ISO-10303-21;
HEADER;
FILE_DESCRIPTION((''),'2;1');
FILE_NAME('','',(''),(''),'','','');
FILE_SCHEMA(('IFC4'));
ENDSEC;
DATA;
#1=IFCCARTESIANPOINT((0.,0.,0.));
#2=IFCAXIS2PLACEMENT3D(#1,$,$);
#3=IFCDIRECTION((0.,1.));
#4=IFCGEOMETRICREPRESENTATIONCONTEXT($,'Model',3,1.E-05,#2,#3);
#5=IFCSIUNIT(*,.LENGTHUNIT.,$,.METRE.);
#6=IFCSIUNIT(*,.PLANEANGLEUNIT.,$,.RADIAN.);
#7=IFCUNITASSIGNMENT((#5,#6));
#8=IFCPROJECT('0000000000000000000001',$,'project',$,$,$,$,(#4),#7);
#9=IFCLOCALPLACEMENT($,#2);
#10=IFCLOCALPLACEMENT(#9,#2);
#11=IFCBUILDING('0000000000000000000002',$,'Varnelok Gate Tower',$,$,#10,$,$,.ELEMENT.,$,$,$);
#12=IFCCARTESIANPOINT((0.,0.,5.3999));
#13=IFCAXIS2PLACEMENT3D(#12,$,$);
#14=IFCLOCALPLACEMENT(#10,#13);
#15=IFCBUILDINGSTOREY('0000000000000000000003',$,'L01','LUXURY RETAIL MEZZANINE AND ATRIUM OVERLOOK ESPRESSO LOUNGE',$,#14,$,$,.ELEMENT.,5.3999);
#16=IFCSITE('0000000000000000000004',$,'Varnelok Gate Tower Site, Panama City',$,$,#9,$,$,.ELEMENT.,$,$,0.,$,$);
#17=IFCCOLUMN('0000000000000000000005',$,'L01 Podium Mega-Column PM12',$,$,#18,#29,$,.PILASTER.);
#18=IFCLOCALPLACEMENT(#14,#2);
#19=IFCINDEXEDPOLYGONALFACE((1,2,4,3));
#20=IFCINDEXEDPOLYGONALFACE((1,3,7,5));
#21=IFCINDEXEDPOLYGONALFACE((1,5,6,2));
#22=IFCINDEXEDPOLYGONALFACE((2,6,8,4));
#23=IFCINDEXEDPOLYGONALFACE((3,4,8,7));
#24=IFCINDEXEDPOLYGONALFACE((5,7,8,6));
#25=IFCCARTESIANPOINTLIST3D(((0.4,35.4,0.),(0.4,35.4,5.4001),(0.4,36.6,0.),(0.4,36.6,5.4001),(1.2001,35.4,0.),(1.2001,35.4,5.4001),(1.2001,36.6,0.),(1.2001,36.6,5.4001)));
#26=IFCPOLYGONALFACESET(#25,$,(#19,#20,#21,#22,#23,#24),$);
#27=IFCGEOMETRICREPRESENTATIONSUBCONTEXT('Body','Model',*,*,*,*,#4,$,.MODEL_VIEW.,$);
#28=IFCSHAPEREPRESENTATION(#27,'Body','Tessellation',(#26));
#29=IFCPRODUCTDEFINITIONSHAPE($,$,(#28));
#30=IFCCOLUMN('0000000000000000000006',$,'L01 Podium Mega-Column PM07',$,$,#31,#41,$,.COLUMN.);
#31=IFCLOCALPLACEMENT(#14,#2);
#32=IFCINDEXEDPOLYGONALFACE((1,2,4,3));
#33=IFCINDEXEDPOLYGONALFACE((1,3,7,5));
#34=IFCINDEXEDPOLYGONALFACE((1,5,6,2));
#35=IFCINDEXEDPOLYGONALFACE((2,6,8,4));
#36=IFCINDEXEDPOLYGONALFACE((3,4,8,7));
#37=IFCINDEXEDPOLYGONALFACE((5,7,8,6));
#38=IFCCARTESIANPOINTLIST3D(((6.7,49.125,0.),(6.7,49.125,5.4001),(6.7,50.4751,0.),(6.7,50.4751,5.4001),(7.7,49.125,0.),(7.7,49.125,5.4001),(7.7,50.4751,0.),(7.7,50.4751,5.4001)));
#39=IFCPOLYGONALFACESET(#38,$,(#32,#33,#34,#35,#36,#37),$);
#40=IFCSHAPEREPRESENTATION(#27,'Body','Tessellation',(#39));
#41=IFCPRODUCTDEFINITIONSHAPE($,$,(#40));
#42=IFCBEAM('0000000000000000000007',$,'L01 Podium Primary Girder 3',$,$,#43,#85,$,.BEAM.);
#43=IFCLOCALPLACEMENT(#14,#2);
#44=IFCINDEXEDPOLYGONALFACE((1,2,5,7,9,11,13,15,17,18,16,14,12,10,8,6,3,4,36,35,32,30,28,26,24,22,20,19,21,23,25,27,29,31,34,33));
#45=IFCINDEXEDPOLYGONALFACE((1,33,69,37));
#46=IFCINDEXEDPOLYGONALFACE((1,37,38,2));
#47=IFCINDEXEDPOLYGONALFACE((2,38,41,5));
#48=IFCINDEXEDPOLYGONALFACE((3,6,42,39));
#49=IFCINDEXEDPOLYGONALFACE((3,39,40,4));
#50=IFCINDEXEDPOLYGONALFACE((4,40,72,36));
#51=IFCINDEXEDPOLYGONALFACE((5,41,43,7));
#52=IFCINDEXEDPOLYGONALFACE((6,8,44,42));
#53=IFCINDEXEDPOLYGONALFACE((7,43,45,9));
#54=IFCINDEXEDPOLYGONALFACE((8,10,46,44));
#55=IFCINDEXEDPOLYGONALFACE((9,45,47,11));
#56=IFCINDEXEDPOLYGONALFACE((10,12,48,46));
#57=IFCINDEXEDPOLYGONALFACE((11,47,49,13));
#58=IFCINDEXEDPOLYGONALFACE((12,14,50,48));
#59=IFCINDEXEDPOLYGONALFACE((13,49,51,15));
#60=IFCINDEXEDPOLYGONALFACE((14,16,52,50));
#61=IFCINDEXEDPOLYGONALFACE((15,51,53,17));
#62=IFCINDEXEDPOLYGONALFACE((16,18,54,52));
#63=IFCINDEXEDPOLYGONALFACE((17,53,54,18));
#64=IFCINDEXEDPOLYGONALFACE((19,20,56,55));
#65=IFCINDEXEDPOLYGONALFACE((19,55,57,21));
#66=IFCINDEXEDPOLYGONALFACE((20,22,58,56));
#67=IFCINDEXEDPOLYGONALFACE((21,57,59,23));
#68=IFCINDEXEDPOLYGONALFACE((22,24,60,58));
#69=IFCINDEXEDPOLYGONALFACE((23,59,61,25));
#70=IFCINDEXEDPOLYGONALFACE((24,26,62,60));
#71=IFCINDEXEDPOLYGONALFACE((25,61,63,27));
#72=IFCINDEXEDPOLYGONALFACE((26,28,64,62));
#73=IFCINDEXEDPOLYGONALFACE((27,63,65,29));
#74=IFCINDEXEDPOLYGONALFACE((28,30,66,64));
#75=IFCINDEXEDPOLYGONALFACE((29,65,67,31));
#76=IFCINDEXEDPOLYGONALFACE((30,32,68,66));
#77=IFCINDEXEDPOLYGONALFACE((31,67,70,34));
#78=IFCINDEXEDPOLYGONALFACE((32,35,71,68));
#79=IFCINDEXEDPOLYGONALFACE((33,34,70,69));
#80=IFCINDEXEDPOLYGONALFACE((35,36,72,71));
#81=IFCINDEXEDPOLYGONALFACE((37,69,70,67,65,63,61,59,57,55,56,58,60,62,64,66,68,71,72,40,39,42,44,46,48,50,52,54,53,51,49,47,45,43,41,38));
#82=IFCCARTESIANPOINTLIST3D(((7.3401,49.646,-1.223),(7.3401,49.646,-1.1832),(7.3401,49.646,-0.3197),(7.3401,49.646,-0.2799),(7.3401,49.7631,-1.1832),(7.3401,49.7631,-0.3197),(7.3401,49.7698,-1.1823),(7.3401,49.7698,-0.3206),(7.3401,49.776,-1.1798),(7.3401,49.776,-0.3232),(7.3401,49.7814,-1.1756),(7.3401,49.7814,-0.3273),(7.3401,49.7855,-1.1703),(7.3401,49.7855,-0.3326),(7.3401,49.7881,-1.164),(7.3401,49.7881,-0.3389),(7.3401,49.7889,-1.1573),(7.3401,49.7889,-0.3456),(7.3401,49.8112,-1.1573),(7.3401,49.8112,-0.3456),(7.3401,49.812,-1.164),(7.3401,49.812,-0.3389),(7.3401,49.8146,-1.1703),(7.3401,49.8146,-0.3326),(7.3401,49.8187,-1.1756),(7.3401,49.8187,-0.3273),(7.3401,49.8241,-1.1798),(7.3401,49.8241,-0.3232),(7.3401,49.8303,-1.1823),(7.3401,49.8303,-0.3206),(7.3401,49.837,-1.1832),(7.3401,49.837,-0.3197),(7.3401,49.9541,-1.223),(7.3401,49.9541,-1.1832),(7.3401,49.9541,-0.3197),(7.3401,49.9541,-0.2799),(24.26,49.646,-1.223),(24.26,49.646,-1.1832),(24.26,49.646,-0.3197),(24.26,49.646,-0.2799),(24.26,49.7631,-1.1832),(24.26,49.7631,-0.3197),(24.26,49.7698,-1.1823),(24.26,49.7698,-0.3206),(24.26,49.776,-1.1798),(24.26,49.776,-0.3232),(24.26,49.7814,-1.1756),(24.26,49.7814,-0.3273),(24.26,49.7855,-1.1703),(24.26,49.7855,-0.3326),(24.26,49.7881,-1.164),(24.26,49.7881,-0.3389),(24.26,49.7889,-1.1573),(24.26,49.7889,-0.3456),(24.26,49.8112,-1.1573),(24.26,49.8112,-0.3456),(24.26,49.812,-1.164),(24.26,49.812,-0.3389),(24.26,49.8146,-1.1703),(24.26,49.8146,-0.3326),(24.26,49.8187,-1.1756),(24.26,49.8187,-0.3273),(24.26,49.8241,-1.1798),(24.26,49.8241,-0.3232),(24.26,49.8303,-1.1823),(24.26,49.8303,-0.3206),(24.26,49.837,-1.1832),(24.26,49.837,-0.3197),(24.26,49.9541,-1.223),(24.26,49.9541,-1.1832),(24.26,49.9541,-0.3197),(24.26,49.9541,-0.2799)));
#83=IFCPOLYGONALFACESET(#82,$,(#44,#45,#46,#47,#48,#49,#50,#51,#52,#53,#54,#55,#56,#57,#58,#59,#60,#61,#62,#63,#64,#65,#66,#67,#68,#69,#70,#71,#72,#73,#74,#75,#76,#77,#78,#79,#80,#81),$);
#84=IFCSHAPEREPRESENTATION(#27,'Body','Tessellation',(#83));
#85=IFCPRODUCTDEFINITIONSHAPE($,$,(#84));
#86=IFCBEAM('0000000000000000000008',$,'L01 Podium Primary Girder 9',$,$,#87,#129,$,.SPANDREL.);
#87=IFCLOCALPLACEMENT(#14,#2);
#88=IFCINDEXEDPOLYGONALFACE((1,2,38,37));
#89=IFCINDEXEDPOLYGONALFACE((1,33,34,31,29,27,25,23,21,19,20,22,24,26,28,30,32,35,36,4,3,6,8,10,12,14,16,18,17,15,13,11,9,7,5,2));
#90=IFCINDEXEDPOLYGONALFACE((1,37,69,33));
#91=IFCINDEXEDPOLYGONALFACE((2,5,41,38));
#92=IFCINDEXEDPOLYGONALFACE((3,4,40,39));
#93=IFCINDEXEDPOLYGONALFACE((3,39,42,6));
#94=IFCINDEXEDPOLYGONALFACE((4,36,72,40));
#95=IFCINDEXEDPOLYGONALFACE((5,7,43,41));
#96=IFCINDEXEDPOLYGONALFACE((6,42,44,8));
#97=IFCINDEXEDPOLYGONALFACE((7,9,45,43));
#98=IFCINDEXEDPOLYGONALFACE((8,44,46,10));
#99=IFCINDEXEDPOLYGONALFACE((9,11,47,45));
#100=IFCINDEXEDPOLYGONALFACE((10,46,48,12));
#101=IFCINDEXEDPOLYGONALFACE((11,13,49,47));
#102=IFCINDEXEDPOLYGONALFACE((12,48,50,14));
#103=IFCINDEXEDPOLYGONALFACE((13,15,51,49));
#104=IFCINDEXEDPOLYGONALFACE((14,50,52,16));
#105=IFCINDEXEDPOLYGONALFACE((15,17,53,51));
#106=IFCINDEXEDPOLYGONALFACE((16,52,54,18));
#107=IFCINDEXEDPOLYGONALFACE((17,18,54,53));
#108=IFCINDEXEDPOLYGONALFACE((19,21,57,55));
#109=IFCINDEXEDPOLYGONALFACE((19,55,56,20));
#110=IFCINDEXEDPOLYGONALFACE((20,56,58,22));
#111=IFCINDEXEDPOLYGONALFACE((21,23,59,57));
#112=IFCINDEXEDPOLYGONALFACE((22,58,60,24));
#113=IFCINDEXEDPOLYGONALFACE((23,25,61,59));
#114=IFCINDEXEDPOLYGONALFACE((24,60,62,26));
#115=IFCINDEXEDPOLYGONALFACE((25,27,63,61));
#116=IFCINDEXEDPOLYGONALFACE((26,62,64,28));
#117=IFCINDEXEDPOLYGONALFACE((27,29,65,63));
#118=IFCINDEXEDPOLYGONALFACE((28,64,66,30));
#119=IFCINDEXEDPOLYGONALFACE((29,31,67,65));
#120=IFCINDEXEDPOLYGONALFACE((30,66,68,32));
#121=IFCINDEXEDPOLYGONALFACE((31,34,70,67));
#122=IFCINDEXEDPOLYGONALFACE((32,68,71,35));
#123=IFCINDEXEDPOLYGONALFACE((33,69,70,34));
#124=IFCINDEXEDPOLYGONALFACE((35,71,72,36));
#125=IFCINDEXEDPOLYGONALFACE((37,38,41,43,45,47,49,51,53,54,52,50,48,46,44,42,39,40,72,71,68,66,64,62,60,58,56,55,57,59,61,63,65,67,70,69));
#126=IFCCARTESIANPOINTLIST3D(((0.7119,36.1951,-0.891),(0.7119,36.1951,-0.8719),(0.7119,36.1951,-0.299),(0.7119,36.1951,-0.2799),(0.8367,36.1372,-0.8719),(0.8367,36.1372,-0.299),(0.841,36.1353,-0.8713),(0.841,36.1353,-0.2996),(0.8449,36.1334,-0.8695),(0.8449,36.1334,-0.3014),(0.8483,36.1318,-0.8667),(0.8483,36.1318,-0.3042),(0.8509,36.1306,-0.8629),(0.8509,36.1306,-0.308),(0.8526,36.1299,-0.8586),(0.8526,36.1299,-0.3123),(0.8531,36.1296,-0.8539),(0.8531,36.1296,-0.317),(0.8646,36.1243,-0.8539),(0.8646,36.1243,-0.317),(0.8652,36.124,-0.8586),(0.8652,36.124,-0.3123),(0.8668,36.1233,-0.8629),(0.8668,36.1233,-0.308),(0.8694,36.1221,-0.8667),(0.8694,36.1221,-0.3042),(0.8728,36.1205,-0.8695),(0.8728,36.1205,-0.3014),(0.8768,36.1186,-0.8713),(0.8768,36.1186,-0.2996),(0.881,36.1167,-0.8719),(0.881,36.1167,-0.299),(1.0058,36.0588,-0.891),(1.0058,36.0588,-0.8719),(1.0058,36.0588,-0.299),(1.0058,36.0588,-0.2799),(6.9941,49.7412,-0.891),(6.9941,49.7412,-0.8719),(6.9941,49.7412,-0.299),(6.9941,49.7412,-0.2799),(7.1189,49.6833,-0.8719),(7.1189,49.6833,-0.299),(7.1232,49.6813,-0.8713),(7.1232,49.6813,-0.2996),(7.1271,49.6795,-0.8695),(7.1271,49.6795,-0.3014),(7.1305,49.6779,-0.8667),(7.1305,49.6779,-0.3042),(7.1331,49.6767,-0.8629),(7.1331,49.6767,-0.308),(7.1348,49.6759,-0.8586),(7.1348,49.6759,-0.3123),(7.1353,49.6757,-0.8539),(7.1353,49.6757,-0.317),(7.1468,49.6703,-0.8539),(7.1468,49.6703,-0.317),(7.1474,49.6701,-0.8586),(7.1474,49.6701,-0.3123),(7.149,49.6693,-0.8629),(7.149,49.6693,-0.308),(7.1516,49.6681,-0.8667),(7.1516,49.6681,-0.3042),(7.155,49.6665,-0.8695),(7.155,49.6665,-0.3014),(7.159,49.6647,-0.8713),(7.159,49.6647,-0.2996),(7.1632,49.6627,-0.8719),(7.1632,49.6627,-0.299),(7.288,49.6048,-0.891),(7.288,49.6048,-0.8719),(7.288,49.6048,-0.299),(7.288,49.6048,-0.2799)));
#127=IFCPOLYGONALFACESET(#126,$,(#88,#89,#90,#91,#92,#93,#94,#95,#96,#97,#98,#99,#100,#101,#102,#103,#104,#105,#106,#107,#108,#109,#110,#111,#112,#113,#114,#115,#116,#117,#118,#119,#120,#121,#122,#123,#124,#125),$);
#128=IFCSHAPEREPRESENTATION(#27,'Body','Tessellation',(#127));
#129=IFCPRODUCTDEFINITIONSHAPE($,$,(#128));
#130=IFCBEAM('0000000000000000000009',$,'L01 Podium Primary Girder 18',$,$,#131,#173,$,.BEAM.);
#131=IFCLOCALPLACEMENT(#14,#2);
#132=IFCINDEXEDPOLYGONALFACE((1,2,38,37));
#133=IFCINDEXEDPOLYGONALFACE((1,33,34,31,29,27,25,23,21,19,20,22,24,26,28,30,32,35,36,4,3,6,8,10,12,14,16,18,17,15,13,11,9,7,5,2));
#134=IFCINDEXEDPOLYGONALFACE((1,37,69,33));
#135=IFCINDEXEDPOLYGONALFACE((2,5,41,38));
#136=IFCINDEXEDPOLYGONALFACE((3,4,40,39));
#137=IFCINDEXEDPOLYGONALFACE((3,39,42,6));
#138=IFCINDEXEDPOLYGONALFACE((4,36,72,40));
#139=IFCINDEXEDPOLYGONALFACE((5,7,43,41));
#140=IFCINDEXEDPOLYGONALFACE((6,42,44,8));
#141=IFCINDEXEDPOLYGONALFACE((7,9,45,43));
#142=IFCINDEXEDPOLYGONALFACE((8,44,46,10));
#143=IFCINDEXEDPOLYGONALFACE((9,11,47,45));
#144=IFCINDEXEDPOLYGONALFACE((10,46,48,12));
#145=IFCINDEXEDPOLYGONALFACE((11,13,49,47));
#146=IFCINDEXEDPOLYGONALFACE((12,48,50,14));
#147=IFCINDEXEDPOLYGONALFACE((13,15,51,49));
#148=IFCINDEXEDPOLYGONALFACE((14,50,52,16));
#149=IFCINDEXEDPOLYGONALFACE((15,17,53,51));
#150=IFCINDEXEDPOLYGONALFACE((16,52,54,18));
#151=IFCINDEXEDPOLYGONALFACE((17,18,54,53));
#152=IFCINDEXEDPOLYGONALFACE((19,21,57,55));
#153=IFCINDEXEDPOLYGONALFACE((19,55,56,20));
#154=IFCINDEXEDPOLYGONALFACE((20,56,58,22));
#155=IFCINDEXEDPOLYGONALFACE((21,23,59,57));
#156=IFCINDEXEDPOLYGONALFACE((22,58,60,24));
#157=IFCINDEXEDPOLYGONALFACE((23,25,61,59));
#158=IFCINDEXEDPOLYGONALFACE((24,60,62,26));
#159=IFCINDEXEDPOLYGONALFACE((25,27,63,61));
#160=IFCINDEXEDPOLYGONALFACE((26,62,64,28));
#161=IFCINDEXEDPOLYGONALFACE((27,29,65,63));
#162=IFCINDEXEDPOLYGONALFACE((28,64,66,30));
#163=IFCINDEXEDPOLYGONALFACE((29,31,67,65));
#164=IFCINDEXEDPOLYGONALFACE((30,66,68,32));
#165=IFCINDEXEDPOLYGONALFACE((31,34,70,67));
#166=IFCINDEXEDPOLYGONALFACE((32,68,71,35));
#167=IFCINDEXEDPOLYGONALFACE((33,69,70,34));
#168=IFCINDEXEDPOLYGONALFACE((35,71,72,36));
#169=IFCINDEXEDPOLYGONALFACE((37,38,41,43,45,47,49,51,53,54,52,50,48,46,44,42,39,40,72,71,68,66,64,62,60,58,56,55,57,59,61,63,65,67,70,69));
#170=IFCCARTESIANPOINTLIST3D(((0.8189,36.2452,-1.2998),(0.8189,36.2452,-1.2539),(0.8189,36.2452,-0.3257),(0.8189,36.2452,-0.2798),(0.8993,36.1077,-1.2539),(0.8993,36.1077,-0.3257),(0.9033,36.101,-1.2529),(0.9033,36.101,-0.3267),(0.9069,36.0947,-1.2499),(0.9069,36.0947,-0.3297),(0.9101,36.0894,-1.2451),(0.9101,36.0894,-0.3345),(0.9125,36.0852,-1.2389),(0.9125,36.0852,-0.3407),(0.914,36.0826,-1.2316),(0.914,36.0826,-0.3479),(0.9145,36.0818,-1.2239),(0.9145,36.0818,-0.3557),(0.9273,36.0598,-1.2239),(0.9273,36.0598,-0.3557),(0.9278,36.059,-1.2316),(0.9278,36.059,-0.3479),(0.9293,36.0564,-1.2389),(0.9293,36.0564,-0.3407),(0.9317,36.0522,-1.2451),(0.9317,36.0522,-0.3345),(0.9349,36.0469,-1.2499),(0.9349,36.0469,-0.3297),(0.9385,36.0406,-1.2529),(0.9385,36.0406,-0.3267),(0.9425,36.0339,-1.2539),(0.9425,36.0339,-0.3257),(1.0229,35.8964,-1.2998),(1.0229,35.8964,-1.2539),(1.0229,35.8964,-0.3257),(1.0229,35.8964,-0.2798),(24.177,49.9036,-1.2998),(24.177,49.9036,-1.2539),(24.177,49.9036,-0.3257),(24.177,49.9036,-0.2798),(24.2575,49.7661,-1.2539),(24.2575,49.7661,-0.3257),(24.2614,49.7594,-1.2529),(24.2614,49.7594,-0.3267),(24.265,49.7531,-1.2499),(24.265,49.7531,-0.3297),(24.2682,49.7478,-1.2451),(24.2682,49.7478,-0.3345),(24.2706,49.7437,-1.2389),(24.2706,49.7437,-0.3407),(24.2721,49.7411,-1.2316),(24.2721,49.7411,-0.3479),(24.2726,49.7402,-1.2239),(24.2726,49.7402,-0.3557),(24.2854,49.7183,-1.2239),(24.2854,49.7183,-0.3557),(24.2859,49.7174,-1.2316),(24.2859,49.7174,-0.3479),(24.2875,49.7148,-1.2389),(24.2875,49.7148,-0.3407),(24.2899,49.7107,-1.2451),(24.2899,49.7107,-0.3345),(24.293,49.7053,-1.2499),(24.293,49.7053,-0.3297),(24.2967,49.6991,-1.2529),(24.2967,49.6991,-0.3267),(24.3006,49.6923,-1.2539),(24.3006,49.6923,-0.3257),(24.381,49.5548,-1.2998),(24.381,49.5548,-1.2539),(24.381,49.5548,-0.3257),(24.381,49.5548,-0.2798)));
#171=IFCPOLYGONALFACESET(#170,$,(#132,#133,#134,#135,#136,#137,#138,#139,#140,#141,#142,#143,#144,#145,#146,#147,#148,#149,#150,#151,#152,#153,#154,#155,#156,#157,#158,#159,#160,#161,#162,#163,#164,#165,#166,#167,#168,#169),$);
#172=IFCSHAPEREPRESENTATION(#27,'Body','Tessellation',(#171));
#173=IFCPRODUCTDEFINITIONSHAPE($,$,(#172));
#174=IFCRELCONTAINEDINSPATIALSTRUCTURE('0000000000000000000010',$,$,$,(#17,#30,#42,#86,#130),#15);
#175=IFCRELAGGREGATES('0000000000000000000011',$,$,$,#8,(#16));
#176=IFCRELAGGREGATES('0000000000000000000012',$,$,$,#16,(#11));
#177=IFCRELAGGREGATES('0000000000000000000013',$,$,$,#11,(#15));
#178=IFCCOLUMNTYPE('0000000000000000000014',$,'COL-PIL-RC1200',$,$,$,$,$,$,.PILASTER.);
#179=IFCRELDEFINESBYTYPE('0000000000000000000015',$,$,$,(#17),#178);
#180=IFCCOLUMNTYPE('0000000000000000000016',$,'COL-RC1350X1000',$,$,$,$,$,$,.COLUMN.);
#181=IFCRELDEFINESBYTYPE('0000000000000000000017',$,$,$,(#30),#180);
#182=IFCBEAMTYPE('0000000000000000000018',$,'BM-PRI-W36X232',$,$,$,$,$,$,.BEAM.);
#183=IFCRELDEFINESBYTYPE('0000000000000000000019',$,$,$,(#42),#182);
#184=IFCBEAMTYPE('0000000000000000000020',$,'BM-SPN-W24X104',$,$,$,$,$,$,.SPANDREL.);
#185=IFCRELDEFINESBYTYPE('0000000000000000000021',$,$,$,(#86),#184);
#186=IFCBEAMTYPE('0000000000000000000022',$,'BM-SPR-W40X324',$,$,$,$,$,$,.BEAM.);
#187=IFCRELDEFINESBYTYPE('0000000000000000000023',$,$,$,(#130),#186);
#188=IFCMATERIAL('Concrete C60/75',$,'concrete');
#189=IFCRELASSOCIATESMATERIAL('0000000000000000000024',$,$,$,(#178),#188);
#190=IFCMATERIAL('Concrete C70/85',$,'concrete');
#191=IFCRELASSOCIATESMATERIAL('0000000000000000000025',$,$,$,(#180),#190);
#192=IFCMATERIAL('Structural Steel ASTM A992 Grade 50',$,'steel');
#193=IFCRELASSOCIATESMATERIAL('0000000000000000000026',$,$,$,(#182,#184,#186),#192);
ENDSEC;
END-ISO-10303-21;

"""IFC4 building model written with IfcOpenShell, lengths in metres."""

from ifc_helpers import new_model, si_unit, direction, frame, origin, origin_2d, place, context, subcontext, project, spatial, rectangle, i_section, extrude, material, material_profile, profile_set, type_object, element, save


model = new_model("IFC4")

# Units and contexts
model_context = context("Model", 3, precision=1e-05, world=origin(), true_north=direction((0.0, 1.0)))
body_context = subcontext(model_context, "Body", "Model", "MODEL_VIEW")
ifc_project = project(units=[si_unit("LENGTHUNIT", "METRE"), si_unit("PLANEANGLEUNIT", "RADIAN")], contexts=[model_context])

# Site, building, storey
site_placement = place(None, origin())
site = spatial("IfcSite", under=ifc_project, at=site_placement, Name="Varnelok Gate Tower Site, Panama City", CompositionType="ELEMENT", RefElevation=0.0)
building_placement = place(site_placement, origin())
building = spatial("IfcBuilding", under=site, at=building_placement, Name="Varnelok Gate Tower", CompositionType="ELEMENT")
storey_placement = place(building_placement, frame((0.0, 0.0, 5.3999)))
storey = spatial("IfcBuildingStorey", under=building, at=storey_placement, Name="L01", Description="LUXURY RETAIL MEZZANINE AND ATRIUM OVERLOOK ESPRESSO LOUNGE", CompositionType="ELEMENT", Elevation=5.3999)

# Columns
ifc_material_1 = material(Name="Concrete C60/75", Category="concrete")
ifc_material_profile_1 = material_profile(ifc_material_1, rectangle(XDim=0.8, YDim=1.2, at=origin_2d()), Name="RC1200X800")
ifc_profile_set_1 = profile_set([ifc_material_profile_1], Name="Concrete C60/75")
column_type_1 = type_object("IfcColumnType", Name="COL-PIL-RC1200", PredefinedType="PILASTER", material=ifc_profile_set_1)
column_1_placement = place(storey_placement, frame((0.8, 36.0, 0.0), z_axis=(0.0, 0.0, 1.0), x_axis=(1.0, 0.0, 0.0)))
element("IfcColumn", 1, at=column_1_placement, inside=storey, type_object=column_type_1, Name="L01 Podium Mega-Column PM12", PredefinedType="PILASTER", context=body_context, shape_type="SweptSolid", body=[
    extrude(rectangle(XDim=0.8, YDim=1.2, at=origin_2d()), origin(), (0.0, 0.0, 1.0), 5.4001),
])
ifc_material_2 = material(Name="Concrete C70/85", Category="concrete")
ifc_material_profile_2 = material_profile(ifc_material_2, rectangle(XDim=1.0, YDim=1.3501, at=origin_2d()), Name="RC1350X1000")
ifc_profile_set_2 = profile_set([ifc_material_profile_2], Name="Concrete C70/85")
column_type_2 = type_object("IfcColumnType", Name="COL-RC1350X1000", PredefinedType="COLUMN", material=ifc_profile_set_2)
column_2_placement = place(storey_placement, frame((7.2, 49.8, 0.0), z_axis=(0.0, 0.0, 1.0), x_axis=(1.0, 0.0, 0.0)))
element("IfcColumn", 2, at=column_2_placement, inside=storey, type_object=column_type_2, Name="L01 Podium Mega-Column PM07", PredefinedType="COLUMN", context=body_context, shape_type="SweptSolid", body=[
    extrude(rectangle(XDim=1.0, YDim=1.3501, at=origin_2d()), origin(), (0.0, 0.0, 1.0), 5.4001),
])

# Beams
ifc_material_3 = material(Name="Structural Steel ASTM A992 Grade 50", Category="steel")
ifc_material_profile_3 = material_profile(ifc_material_3, i_section(OverallWidth=0.3081, OverallDepth=0.9431, WebThickness=0.0222, FlangeThickness=0.0398, FilletRadius=0.0259, at=origin_2d()), Name="W36X232")
ifc_profile_set_3 = profile_set([ifc_material_profile_3], Name="Structural Steel ASTM A992 Grade 50")
beam_type_1 = type_object("IfcBeamType", Name="BM-PRI-W36X232", PredefinedType="BEAM", material=ifc_profile_set_3)
beam_1_placement = place(storey_placement, frame((7.3401, 49.8, -0.7515), z_axis=(1.0, 0.0, 0.0), x_axis=(0.0, 1.0, 0.0)))
element("IfcBeam", 3, at=beam_1_placement, inside=storey, type_object=beam_type_1, Name="L01 Podium Primary Girder 3", PredefinedType="BEAM", context=body_context, shape_type="SweptSolid", body=[
    extrude(i_section(OverallWidth=0.3081, OverallDepth=0.9431, WebThickness=0.0222, FlangeThickness=0.0398, FilletRadius=0.0259, at=origin_2d()), origin(), (0.0, 0.0, 1.0), 16.9199),
])
ifc_material_profile_4 = material_profile(ifc_material_3, i_section(OverallWidth=0.324, OverallDepth=0.6111, WebThickness=0.0127, FlangeThickness=0.019, FilletRadius=0.0181, at=origin_2d()), Name="W24X104")
ifc_profile_set_4 = profile_set([ifc_material_profile_4], Name="Structural Steel ASTM A992 Grade 50")
beam_type_2 = type_object("IfcBeamType", Name="BM-SPN-W24X104", PredefinedType="SPANDREL", material=ifc_profile_set_4)
beam_2_placement = place(storey_placement, frame((0.8589, 36.127, -0.5854), z_axis=(0.420723, 0.907189, 0.0), x_axis=(-0.907189, 0.420723, 0.0)))
element("IfcBeam", 4, at=beam_2_placement, inside=storey, type_object=beam_type_2, Name="L01 Podium Primary Girder 9", PredefinedType="SPANDREL", context=body_context, shape_type="SweptSolid", body=[
    extrude(i_section(OverallWidth=0.324, OverallDepth=0.6111, WebThickness=0.0127, FlangeThickness=0.019, FilletRadius=0.0181, at=origin_2d()), origin(), (0.0, 0.0, 1.0), 14.9319),
])
ifc_material_profile_5 = material_profile(ifc_material_3, i_section(OverallWidth=0.4041, OverallDepth=1.02, WebThickness=0.0254, FlangeThickness=0.0459, FilletRadius=0.03, at=origin_2d()), Name="W40X324")
ifc_profile_set_5 = profile_set([ifc_material_profile_5], Name="Structural Steel ASTM A992 Grade 50")
beam_type_3 = type_object("IfcBeamType", Name="BM-SPR-W40X324", PredefinedType="BEAM", material=ifc_profile_set_5)
beam_3_placement = place(storey_placement, frame((0.9209, 36.0708, -0.7898), z_axis=(0.86325, 0.504777, 0.0), x_axis=(-0.504777, 0.86325, 0.0)))
element("IfcBeam", 5, at=beam_3_placement, inside=storey, type_object=beam_type_3, Name="L01 Podium Primary Girder 18", PredefinedType="BEAM", context=body_context, shape_type="SweptSolid", body=[
    extrude(i_section(OverallWidth=0.4041, OverallDepth=1.02, WebThickness=0.0254, FlangeThickness=0.0459, FilletRadius=0.03, at=origin_2d()), origin(), (0.0, 0.0, 1.0), 27.0583),
])

save(model, "model.ifc")
